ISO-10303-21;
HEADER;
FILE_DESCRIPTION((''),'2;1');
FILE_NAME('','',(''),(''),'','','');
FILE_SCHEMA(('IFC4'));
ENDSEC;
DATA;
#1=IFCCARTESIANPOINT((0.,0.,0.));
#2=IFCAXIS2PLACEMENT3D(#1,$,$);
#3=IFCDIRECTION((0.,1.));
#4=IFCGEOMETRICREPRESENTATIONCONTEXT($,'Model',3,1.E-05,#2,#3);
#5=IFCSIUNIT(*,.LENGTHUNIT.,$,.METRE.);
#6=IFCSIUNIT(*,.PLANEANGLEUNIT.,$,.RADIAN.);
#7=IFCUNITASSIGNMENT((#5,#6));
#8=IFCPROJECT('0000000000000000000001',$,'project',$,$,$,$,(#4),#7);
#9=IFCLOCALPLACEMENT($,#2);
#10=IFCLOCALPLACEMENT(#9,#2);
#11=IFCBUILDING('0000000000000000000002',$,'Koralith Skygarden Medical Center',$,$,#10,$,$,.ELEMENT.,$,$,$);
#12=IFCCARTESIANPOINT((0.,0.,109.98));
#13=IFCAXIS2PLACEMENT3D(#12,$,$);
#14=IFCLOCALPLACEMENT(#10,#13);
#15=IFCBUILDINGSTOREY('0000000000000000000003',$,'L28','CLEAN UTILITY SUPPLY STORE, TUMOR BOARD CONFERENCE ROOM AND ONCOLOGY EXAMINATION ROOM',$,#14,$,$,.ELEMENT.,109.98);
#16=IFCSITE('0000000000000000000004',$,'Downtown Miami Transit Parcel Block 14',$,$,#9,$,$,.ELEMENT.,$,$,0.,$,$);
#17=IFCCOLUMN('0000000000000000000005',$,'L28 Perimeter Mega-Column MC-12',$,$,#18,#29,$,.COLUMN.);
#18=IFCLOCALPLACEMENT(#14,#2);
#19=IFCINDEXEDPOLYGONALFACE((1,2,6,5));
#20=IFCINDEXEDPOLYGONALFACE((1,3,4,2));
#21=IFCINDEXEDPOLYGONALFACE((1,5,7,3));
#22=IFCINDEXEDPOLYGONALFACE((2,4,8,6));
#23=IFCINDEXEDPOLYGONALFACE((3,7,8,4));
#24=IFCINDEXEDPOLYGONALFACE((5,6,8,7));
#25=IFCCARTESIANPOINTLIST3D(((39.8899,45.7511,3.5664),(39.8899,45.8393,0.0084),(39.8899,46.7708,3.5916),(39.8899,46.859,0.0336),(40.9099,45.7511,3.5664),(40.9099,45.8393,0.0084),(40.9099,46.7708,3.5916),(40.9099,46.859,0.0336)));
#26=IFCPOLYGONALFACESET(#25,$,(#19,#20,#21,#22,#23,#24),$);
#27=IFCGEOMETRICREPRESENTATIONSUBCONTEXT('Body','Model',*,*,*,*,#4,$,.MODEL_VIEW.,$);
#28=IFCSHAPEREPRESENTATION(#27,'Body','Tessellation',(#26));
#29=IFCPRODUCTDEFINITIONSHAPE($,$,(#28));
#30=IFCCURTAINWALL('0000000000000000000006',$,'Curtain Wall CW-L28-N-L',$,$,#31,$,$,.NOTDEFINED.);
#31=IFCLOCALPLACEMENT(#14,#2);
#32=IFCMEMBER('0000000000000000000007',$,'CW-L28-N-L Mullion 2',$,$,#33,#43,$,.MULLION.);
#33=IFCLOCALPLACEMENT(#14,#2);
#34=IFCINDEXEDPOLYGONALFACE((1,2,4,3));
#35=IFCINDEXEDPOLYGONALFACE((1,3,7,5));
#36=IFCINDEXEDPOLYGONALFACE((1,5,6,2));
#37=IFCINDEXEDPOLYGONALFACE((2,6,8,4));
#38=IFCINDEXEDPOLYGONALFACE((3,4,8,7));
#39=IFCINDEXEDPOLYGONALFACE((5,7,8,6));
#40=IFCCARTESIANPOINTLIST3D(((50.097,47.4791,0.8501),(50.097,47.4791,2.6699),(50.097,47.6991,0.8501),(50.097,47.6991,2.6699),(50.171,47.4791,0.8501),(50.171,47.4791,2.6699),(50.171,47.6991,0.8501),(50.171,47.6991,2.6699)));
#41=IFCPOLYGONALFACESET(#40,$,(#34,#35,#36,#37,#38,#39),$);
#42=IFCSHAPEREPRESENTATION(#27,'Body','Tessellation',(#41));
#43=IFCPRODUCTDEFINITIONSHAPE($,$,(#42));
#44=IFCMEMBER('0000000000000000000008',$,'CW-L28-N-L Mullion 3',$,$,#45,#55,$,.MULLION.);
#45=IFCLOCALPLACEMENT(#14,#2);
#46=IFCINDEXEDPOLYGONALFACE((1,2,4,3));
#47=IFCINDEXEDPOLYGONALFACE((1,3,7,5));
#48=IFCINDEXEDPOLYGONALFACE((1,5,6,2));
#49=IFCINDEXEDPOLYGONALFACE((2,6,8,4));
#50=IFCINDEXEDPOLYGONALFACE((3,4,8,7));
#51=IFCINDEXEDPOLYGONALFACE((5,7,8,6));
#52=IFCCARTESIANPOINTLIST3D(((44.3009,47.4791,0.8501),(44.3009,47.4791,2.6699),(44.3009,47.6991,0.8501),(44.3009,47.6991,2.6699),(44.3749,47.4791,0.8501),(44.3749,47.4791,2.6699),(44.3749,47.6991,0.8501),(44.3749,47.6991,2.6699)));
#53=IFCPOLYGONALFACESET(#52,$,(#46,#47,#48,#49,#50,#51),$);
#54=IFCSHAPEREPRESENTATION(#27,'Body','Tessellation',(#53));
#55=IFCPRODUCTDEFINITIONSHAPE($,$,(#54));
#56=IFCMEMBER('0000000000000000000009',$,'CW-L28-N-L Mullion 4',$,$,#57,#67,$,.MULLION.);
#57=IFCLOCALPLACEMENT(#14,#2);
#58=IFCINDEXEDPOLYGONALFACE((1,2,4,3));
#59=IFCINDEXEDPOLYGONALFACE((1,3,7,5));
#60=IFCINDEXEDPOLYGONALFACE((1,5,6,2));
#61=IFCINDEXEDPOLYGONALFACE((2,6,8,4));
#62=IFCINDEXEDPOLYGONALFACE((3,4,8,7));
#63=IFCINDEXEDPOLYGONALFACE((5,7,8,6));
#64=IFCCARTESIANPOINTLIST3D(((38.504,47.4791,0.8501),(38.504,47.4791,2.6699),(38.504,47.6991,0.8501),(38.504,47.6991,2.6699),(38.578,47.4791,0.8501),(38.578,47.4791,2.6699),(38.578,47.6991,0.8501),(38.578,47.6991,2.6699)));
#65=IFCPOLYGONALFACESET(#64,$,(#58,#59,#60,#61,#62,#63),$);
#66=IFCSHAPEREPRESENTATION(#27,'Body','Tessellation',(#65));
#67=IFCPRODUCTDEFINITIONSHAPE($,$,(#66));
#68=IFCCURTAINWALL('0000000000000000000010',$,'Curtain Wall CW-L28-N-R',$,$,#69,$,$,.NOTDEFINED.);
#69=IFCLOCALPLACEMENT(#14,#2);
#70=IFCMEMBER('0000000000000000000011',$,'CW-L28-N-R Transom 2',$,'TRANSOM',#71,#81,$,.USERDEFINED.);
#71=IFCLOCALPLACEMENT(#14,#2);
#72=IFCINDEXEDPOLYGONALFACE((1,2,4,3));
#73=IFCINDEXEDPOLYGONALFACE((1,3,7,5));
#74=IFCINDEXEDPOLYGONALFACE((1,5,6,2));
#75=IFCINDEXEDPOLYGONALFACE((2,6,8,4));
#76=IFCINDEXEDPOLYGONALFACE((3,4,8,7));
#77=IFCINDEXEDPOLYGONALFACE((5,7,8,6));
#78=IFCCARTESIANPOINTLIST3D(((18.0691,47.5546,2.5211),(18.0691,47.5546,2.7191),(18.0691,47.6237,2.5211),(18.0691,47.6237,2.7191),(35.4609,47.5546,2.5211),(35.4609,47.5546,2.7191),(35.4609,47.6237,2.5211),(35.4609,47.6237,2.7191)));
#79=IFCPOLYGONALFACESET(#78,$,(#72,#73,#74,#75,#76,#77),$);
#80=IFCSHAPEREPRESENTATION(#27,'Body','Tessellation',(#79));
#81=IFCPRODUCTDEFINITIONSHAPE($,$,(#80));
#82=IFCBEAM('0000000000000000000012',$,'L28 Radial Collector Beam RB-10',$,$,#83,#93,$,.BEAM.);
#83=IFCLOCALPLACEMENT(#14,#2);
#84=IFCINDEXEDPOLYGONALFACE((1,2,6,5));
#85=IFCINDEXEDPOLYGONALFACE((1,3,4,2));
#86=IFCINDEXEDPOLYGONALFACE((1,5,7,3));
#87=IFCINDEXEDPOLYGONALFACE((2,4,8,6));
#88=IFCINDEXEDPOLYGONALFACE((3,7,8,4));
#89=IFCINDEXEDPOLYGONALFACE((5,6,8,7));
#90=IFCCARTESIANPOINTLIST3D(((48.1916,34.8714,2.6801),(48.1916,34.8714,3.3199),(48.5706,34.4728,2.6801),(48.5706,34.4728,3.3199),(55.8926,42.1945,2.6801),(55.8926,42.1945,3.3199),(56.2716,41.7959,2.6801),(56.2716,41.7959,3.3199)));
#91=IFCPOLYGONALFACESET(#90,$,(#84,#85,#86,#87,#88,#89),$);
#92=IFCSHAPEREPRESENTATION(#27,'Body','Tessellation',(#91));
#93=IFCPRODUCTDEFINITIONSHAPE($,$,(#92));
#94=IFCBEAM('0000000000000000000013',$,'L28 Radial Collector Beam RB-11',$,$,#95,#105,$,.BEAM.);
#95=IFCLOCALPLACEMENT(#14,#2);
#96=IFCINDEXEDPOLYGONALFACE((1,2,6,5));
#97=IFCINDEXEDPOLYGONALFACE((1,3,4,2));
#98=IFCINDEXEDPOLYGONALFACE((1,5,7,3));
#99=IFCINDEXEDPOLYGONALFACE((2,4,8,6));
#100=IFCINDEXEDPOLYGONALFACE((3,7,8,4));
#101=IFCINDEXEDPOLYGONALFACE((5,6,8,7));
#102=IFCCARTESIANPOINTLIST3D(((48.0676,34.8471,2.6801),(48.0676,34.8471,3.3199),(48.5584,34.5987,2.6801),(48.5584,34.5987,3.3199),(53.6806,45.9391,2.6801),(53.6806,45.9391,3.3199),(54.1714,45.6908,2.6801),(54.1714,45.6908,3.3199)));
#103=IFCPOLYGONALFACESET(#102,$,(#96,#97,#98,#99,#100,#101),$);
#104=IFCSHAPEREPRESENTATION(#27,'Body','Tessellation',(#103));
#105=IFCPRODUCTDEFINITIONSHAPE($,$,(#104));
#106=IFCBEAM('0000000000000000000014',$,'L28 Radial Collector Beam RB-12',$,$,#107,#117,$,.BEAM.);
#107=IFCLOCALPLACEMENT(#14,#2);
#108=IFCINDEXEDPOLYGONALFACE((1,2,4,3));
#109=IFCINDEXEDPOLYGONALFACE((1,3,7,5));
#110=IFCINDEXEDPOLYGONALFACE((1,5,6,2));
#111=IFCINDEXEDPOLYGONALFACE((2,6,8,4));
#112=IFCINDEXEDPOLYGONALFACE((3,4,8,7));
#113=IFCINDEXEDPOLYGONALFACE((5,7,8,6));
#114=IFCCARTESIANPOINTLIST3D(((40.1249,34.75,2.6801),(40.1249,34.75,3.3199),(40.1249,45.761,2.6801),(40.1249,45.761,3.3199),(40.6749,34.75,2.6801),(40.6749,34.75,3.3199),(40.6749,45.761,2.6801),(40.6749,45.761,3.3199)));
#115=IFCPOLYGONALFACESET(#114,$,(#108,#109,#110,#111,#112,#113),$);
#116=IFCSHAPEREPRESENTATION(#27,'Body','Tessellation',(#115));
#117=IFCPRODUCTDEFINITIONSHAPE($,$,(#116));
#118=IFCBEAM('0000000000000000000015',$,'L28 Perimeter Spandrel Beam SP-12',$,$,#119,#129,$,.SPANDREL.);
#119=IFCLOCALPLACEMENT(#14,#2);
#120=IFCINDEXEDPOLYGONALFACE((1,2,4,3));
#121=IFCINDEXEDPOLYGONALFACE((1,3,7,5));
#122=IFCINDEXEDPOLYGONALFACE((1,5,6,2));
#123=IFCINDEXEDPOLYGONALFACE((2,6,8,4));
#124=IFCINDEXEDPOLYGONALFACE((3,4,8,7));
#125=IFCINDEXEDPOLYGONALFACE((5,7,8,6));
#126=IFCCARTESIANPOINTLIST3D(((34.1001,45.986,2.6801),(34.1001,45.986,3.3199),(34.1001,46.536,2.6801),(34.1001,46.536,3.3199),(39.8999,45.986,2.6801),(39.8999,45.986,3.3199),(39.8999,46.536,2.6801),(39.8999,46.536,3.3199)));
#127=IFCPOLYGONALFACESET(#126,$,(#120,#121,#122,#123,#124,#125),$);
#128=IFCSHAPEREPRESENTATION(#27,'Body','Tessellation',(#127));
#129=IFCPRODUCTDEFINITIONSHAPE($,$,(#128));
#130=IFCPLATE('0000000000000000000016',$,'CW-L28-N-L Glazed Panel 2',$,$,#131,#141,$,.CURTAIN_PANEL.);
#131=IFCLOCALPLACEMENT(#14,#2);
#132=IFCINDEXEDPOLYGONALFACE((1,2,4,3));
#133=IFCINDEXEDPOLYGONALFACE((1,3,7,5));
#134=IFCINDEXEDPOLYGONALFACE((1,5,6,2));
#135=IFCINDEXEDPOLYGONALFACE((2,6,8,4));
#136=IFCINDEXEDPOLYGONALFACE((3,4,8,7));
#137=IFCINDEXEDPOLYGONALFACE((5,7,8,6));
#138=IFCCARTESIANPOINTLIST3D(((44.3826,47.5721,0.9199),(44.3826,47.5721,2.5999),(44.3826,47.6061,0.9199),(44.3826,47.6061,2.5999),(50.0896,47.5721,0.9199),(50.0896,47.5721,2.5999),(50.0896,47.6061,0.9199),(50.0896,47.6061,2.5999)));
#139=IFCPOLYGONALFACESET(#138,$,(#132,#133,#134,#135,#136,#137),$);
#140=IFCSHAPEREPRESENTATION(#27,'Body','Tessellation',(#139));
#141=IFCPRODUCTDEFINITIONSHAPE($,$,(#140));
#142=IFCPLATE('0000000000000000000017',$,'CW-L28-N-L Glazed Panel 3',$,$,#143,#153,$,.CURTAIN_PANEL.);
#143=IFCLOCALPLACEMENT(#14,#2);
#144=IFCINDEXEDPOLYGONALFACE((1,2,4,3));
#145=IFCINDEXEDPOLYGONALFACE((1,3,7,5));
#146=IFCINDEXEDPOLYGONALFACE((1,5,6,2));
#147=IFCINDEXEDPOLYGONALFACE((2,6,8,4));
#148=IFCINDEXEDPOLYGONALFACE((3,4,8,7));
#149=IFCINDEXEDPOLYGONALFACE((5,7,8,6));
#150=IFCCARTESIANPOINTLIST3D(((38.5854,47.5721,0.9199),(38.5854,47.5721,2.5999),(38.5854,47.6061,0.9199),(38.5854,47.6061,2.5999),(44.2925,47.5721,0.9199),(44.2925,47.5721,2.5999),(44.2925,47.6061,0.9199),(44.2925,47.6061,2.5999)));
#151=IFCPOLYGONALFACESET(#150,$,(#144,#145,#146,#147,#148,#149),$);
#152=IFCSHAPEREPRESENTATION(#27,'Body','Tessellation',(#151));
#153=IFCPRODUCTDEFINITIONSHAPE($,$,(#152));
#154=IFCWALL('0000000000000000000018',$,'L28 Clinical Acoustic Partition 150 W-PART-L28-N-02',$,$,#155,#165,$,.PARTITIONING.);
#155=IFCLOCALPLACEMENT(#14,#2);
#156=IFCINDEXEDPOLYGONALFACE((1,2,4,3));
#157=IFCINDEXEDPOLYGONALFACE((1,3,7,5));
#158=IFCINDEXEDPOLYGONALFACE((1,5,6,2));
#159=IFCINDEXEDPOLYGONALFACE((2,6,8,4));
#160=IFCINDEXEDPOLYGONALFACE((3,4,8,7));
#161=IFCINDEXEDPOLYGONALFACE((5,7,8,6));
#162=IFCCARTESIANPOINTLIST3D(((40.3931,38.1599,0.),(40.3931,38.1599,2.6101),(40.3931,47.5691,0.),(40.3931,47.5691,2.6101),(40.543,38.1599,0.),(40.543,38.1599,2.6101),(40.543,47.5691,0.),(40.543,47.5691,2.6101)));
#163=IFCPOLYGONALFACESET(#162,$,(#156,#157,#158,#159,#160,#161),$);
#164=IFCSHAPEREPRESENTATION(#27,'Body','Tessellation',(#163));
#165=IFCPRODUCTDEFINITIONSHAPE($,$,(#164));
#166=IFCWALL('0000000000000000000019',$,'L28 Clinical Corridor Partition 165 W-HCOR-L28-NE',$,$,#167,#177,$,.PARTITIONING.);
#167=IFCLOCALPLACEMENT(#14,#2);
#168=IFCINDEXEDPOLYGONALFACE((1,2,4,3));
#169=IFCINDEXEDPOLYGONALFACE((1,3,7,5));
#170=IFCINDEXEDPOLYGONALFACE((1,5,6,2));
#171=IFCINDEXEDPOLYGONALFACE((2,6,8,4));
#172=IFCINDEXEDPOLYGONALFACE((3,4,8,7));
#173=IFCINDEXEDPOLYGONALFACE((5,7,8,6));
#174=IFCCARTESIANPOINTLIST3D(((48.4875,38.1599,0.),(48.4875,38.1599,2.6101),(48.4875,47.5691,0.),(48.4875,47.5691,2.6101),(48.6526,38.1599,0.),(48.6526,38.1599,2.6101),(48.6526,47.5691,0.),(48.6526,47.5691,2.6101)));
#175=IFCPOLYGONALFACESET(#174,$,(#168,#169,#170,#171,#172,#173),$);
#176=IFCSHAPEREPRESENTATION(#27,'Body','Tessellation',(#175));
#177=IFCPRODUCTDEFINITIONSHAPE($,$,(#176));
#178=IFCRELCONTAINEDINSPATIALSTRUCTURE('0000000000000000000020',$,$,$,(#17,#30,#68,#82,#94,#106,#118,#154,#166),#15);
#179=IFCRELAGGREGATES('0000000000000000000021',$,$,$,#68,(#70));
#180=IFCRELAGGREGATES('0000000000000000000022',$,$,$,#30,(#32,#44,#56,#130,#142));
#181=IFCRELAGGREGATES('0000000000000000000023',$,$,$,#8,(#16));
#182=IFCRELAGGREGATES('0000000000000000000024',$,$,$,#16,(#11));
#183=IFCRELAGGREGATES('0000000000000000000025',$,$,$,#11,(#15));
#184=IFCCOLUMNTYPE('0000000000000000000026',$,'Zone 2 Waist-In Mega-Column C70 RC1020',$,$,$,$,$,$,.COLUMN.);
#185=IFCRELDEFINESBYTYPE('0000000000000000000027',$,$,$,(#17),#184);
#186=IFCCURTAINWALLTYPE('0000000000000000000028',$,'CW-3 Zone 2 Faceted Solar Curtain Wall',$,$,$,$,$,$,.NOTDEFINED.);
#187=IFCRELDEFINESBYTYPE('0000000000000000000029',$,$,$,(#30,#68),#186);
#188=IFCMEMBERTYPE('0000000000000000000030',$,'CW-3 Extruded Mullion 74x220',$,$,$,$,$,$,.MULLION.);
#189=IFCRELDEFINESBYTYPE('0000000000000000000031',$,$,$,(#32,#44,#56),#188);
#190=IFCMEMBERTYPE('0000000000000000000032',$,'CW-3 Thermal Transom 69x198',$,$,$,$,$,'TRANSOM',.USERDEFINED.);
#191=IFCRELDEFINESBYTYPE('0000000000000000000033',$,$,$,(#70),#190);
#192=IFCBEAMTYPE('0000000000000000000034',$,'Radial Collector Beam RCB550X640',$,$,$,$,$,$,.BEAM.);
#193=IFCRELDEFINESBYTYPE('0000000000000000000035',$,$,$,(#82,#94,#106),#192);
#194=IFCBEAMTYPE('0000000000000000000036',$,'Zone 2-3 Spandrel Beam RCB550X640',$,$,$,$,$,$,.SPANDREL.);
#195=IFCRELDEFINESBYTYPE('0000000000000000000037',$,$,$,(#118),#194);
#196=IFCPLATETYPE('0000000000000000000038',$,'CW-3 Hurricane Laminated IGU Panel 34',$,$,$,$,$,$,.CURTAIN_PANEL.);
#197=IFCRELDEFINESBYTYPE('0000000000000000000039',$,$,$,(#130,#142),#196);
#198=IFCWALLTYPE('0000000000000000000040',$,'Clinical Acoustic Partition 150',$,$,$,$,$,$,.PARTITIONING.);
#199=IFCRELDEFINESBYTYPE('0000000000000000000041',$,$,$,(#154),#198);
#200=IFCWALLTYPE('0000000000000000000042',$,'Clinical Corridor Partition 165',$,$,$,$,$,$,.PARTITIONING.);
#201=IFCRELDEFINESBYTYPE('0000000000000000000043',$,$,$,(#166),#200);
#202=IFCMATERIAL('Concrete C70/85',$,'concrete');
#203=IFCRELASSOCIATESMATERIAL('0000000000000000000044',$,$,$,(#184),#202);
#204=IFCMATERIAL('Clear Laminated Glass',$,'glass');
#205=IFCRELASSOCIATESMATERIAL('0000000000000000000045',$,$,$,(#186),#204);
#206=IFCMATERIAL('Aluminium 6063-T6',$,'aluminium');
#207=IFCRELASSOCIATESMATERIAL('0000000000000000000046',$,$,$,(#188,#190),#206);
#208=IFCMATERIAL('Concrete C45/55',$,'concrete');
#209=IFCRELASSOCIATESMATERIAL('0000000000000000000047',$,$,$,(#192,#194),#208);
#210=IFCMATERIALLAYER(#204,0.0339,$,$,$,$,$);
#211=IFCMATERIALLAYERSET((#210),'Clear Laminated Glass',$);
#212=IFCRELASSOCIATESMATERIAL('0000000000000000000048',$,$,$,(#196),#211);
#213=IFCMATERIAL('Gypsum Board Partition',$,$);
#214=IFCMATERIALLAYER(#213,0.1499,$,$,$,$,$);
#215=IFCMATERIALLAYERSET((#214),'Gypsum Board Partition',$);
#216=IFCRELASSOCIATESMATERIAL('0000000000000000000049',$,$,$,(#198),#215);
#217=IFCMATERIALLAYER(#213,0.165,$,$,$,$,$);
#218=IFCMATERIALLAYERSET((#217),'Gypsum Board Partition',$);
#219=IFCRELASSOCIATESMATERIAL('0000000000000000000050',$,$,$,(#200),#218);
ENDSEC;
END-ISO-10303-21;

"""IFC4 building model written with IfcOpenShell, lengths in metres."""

from ifc_helpers import new_model, si_unit, direction, frame, frame_2d, origin, origin_2d, place, context, subcontext, project, spatial, rectangle, extrude, material, layer, layer_set, material_profile, profile_set, type_object, element, aggregate, save


model = new_model("IFC4")

# Units and contexts
model_context = context("Model", 3, precision=1e-05, world=origin(), true_north=direction((0.0, 1.0)))
body_context = subcontext(model_context, "Body", "Model", "MODEL_VIEW")
ifc_project = project(units=[si_unit("LENGTHUNIT", "METRE"), si_unit("PLANEANGLEUNIT", "RADIAN")], contexts=[model_context])

# Site, building, storey
site_placement = place(None, origin())
site = spatial("IfcSite", under=ifc_project, at=site_placement, Name="Downtown Miami Transit Parcel Block 14", CompositionType="ELEMENT", RefElevation=0.0)
building_placement = place(site_placement, origin())
building = spatial("IfcBuilding", under=site, at=building_placement, Name="Koralith Skygarden Medical Center", CompositionType="ELEMENT")
storey_placement = place(building_placement, frame((0.0, 0.0, 109.98)))
storey = spatial("IfcBuildingStorey", under=building, at=storey_placement, Name="L28", Description="CLEAN UTILITY SUPPLY STORE, TUMOR BOARD CONFERENCE ROOM AND ONCOLOGY EXAMINATION ROOM", CompositionType="ELEMENT", Elevation=109.98)

# Column
ifc_material_1 = material(Name="Concrete C70/85", Category="concrete")
ifc_material_profile_1 = material_profile(ifc_material_1, rectangle(XDim=1.02, YDim=1.02, at=origin_2d()), Name="RC1020X1020")
ifc_profile_set_1 = profile_set([ifc_material_profile_1], Name="Concrete C70/85")
column_type = type_object("IfcColumnType", Name="Zone 2 Waist-In Mega-Column C70 RC1020", PredefinedType="COLUMN", material=ifc_profile_set_1)
column_placement = place(storey_placement, frame((40.3999, 46.3491, 0.021), z_axis=(0.0, -0.024763, 0.999693), x_axis=(1.0, 0.0, 0.0)))
element("IfcColumn", 1, at=column_placement, inside=storey, type_object=column_type, Name="L28 Perimeter Mega-Column MC-12", PredefinedType="COLUMN", context=body_context, shape_type="SweptSolid", body=[
    extrude(rectangle(XDim=1.02, YDim=1.02, at=origin_2d()), origin(), (0.0, 0.0, 1.0), 3.5591),
])

# Curtain wall, members
ifc_material_2 = material(Name="Clear Laminated Glass", Category="glass")
curtain_wall_type = type_object("IfcCurtainWallType", Name="CW-3 Zone 2 Faceted Solar Curtain Wall", PredefinedType="NOTDEFINED", material=ifc_material_2)
curtain_wall_1_placement = place(storey_placement, origin())
curtain_wall_1 = element("IfcCurtainWall", 2, at=curtain_wall_1_placement, inside=storey, type_object=curtain_wall_type, Name="Curtain Wall CW-L28-N-L", PredefinedType="NOTDEFINED")
ifc_material_3 = material(Name="Aluminium 6063-T6", Category="aluminium")
ifc_material_profile_2 = material_profile(ifc_material_3, rectangle(XDim=0.074, YDim=0.22, at=origin_2d()), Name="MUL74X220")
ifc_profile_set_2 = profile_set([ifc_material_profile_2], Name="Aluminium 6063-T6")
member_type_1 = type_object("IfcMemberType", Name="CW-3 Extruded Mullion 74x220", PredefinedType="MULLION", material=ifc_profile_set_2)
member_1_placement = place(storey_placement, frame((50.134, 47.5891, 0.8501), z_axis=(0.0, 0.0, 1.0), x_axis=(1.0, 0.0, 0.0)))
member_1 = element("IfcMember", 3, at=member_1_placement, type_object=member_type_1, Name="CW-L28-N-L Mullion 2", PredefinedType="MULLION", context=body_context, shape_type="SweptSolid", body=[
    extrude(rectangle(XDim=0.074, YDim=0.22, at=origin_2d()), origin(), (0.0, 0.0, 1.0), 1.8198),
])
member_2_placement = place(storey_placement, frame((44.3379, 47.5891, 0.8501), z_axis=(0.0, 0.0, 1.0), x_axis=(1.0, 0.0, 0.0)))
member_2 = element("IfcMember", 4, at=member_2_placement, type_object=member_type_1, Name="CW-L28-N-L Mullion 3", PredefinedType="MULLION", context=body_context, shape_type="SweptSolid", body=[
    extrude(rectangle(XDim=0.074, YDim=0.22, at=origin_2d()), origin(), (0.0, 0.0, 1.0), 1.8198),
])
member_3_placement = place(storey_placement, frame((38.541, 47.5891, 0.8501), z_axis=(0.0, 0.0, 1.0), x_axis=(1.0, 0.0, 0.0)))
member_3 = element("IfcMember", 5, at=member_3_placement, type_object=member_type_1, Name="CW-L28-N-L Mullion 4", PredefinedType="MULLION", context=body_context, shape_type="SweptSolid", body=[
    extrude(rectangle(XDim=0.074, YDim=0.22, at=origin_2d()), origin(), (0.0, 0.0, 1.0), 1.8198),
])

# Curtain wall, member
curtain_wall_2_placement = place(storey_placement, origin())
curtain_wall_2 = element("IfcCurtainWall", 6, at=curtain_wall_2_placement, inside=storey, type_object=curtain_wall_type, Name="Curtain Wall CW-L28-N-R", PredefinedType="NOTDEFINED")
ifc_material_profile_3 = material_profile(ifc_material_3, rectangle(XDim=0.0691, YDim=0.198, at=origin_2d()), Name="TRN69X198")
ifc_profile_set_3 = profile_set([ifc_material_profile_3], Name="Aluminium 6063-T6")
member_type_2 = type_object("IfcMemberType", Name="CW-3 Thermal Transom 69x198", ElementType="TRANSOM", PredefinedType="USERDEFINED", material=ifc_profile_set_3)
member_4_placement = place(storey_placement, frame((35.4609, 47.5891, 2.6201), z_axis=(-1.0, 0.0, 0.0), x_axis=(0.0, -1.0, 0.0)))
member_4 = element("IfcMember", 7, at=member_4_placement, type_object=member_type_2, Name="CW-L28-N-R Transom 2", ObjectType="TRANSOM", PredefinedType="USERDEFINED", context=body_context, shape_type="SweptSolid", body=[
    extrude(rectangle(XDim=0.0691, YDim=0.198, at=origin_2d()), origin(), (0.0, 0.0, 1.0), 17.3918),
])
aggregate(curtain_wall_2, [member_4])

# Beams
ifc_material_4 = material(Name="Concrete C45/55", Category="concrete")
ifc_material_profile_4 = material_profile(ifc_material_4, rectangle(XDim=0.55, YDim=0.6399, at=origin_2d()), Name="RCB550X640")
ifc_profile_set_4 = profile_set([ifc_material_profile_4], Name="Concrete C45/55")
beam_type_1 = type_object("IfcBeamType", Name="Radial Collector Beam RCB550X640", PredefinedType="BEAM", material=ifc_profile_set_4)
beam_1_placement = place(storey_placement, frame((48.3811, 34.6721, 3.0), z_axis=(0.724665, 0.689101, 0.0), x_axis=(-0.689101, 0.724665, 0.0)))
element("IfcBeam", 8, at=beam_1_placement, inside=storey, type_object=beam_type_1, Name="L28 Radial Collector Beam RB-10", PredefinedType="BEAM", context=body_context, shape_type="SweptSolid", body=[
    extrude(rectangle(XDim=0.55, YDim=0.6399, at=origin_2d()), origin(), (0.0, 0.0, 1.0), 10.627),
])
beam_2_placement = place(storey_placement, frame((48.313, 34.7229, 3.0), z_axis=(0.451521, 0.89226, 0.0), x_axis=(-0.89226, 0.451521, 0.0)))
element("IfcBeam", 9, at=beam_2_placement, inside=storey, type_object=beam_type_1, Name="L28 Radial Collector Beam RB-11", PredefinedType="BEAM", context=body_context, shape_type="SweptSolid", body=[
    extrude(rectangle(XDim=0.55, YDim=0.6399, at=origin_2d()), origin(), (0.0, 0.0, 1.0), 12.4314),
])
beam_3_placement = place(storey_placement, frame((40.3999, 34.75, 3.0), z_axis=(0.0, 1.0, 0.0), x_axis=(-1.0, 0.0, 0.0)))
element("IfcBeam", 10, at=beam_3_placement, inside=storey, type_object=beam_type_1, Name="L28 Radial Collector Beam RB-12", PredefinedType="BEAM", context=body_context, shape_type="SweptSolid", body=[
    extrude(rectangle(XDim=0.55, YDim=0.6399, at=origin_2d()), origin(), (0.0, 0.0, 1.0), 11.011),
])
ifc_material_profile_5 = material_profile(ifc_material_4, rectangle(XDim=0.55, YDim=0.6399, at=origin_2d()), Name="RCB550X640")
ifc_profile_set_5 = profile_set([ifc_material_profile_5], Name="Concrete C45/55")
beam_type_2 = type_object("IfcBeamType", Name="Zone 2-3 Spandrel Beam RCB550X640", PredefinedType="SPANDREL", material=ifc_profile_set_5)
beam_4_placement = place(storey_placement, frame((39.8999, 46.261, 3.0), z_axis=(-1.0, 0.0, 0.0), x_axis=(0.0, -1.0, 0.0)))
element("IfcBeam", 11, at=beam_4_placement, inside=storey, type_object=beam_type_2, Name="L28 Perimeter Spandrel Beam SP-12", PredefinedType="SPANDREL", context=body_context, shape_type="SweptSolid", body=[
    extrude(rectangle(XDim=0.55, YDim=0.6399, at=origin_2d()), origin(), (0.0, 0.0, 1.0), 5.7998),
])

# Plates
ifc_layer_1 = layer(ifc_material_2, 0.0339)
ifc_layer_set_1 = layer_set([ifc_layer_1], Name="Clear Laminated Glass")
plate_type = type_object("IfcPlateType", Name="CW-3 Hurricane Laminated IGU Panel 34", PredefinedType="CURTAIN_PANEL", material=ifc_layer_set_1)
plate_1_placement = place(storey_placement, frame((47.2361, 47.5891, 0.9199), z_axis=(0.0, 0.0, 1.0), x_axis=(-1.0, 0.0, 0.0)))
plate_1 = element("IfcPlate", 12, at=plate_1_placement, type_object=plate_type, Name="CW-L28-N-L Glazed Panel 2", PredefinedType="CURTAIN_PANEL", context=body_context, shape_type="SweptSolid", body=[
    extrude(rectangle(XDim=5.707, YDim=0.0339, at=origin_2d()), origin(), (0.0, 0.0, 1.0), 1.6799),
])
plate_2_placement = place(storey_placement, frame((41.439, 47.5891, 0.9199), z_axis=(0.0, 0.0, 1.0), x_axis=(-1.0, 0.0, 0.0)))
plate_2 = element("IfcPlate", 13, at=plate_2_placement, type_object=plate_type, Name="CW-L28-N-L Glazed Panel 3", PredefinedType="CURTAIN_PANEL", context=body_context, shape_type="SweptSolid", body=[
    extrude(rectangle(XDim=5.707, YDim=0.0339, at=origin_2d()), origin(), (0.0, 0.0, 1.0), 1.6799),
])
aggregate(curtain_wall_1, [member_1, member_2, member_3, plate_1, plate_2])

# Walls
ifc_material_5 = material(Name="Gypsum Board Partition")
ifc_layer_2 = layer(ifc_material_5, 0.1499)
ifc_layer_set_2 = layer_set([ifc_layer_2], Name="Gypsum Board Partition")
wall_type_1 = type_object("IfcWallType", Name="Clinical Acoustic Partition 150", PredefinedType="PARTITIONING", material=ifc_layer_set_2)
wall_1_placement = place(storey_placement, frame((40.468, 38.1599, 0.0), z_axis=(0.0, 0.0, 1.0), x_axis=(0.0, 1.0, 0.0)))
element("IfcWall", 14, at=wall_1_placement, inside=storey, type_object=wall_type_1, Name="L28 Clinical Acoustic Partition 150 W-PART-L28-N-02", PredefinedType="PARTITIONING", context=body_context, shape_type="SweptSolid", body=[
    extrude(rectangle(XDim=9.4092, YDim=0.1499, at=frame_2d((4.7046, 0.0))), origin(), (0.0, 0.0, 1.0), 2.6101),
])
ifc_layer_3 = layer(ifc_material_5, 0.165)
ifc_layer_set_3 = layer_set([ifc_layer_3], Name="Gypsum Board Partition")
wall_type_2 = type_object("IfcWallType", Name="Clinical Corridor Partition 165", PredefinedType="PARTITIONING", material=ifc_layer_set_3)
wall_2_placement = place(storey_placement, frame((48.5701, 38.1599, 0.0), z_axis=(0.0, 0.0, 1.0), x_axis=(0.0, 1.0, 0.0)))
element("IfcWall", 15, at=wall_2_placement, inside=storey, type_object=wall_type_2, Name="L28 Clinical Corridor Partition 165 W-HCOR-L28-NE", PredefinedType="PARTITIONING", context=body_context, shape_type="SweptSolid", body=[
    extrude(rectangle(XDim=9.4092, YDim=0.165, at=frame_2d((4.7046, 0.0))), origin(), (0.0, 0.0, 1.0), 2.6101),
])

save(model, "model.ifc")
